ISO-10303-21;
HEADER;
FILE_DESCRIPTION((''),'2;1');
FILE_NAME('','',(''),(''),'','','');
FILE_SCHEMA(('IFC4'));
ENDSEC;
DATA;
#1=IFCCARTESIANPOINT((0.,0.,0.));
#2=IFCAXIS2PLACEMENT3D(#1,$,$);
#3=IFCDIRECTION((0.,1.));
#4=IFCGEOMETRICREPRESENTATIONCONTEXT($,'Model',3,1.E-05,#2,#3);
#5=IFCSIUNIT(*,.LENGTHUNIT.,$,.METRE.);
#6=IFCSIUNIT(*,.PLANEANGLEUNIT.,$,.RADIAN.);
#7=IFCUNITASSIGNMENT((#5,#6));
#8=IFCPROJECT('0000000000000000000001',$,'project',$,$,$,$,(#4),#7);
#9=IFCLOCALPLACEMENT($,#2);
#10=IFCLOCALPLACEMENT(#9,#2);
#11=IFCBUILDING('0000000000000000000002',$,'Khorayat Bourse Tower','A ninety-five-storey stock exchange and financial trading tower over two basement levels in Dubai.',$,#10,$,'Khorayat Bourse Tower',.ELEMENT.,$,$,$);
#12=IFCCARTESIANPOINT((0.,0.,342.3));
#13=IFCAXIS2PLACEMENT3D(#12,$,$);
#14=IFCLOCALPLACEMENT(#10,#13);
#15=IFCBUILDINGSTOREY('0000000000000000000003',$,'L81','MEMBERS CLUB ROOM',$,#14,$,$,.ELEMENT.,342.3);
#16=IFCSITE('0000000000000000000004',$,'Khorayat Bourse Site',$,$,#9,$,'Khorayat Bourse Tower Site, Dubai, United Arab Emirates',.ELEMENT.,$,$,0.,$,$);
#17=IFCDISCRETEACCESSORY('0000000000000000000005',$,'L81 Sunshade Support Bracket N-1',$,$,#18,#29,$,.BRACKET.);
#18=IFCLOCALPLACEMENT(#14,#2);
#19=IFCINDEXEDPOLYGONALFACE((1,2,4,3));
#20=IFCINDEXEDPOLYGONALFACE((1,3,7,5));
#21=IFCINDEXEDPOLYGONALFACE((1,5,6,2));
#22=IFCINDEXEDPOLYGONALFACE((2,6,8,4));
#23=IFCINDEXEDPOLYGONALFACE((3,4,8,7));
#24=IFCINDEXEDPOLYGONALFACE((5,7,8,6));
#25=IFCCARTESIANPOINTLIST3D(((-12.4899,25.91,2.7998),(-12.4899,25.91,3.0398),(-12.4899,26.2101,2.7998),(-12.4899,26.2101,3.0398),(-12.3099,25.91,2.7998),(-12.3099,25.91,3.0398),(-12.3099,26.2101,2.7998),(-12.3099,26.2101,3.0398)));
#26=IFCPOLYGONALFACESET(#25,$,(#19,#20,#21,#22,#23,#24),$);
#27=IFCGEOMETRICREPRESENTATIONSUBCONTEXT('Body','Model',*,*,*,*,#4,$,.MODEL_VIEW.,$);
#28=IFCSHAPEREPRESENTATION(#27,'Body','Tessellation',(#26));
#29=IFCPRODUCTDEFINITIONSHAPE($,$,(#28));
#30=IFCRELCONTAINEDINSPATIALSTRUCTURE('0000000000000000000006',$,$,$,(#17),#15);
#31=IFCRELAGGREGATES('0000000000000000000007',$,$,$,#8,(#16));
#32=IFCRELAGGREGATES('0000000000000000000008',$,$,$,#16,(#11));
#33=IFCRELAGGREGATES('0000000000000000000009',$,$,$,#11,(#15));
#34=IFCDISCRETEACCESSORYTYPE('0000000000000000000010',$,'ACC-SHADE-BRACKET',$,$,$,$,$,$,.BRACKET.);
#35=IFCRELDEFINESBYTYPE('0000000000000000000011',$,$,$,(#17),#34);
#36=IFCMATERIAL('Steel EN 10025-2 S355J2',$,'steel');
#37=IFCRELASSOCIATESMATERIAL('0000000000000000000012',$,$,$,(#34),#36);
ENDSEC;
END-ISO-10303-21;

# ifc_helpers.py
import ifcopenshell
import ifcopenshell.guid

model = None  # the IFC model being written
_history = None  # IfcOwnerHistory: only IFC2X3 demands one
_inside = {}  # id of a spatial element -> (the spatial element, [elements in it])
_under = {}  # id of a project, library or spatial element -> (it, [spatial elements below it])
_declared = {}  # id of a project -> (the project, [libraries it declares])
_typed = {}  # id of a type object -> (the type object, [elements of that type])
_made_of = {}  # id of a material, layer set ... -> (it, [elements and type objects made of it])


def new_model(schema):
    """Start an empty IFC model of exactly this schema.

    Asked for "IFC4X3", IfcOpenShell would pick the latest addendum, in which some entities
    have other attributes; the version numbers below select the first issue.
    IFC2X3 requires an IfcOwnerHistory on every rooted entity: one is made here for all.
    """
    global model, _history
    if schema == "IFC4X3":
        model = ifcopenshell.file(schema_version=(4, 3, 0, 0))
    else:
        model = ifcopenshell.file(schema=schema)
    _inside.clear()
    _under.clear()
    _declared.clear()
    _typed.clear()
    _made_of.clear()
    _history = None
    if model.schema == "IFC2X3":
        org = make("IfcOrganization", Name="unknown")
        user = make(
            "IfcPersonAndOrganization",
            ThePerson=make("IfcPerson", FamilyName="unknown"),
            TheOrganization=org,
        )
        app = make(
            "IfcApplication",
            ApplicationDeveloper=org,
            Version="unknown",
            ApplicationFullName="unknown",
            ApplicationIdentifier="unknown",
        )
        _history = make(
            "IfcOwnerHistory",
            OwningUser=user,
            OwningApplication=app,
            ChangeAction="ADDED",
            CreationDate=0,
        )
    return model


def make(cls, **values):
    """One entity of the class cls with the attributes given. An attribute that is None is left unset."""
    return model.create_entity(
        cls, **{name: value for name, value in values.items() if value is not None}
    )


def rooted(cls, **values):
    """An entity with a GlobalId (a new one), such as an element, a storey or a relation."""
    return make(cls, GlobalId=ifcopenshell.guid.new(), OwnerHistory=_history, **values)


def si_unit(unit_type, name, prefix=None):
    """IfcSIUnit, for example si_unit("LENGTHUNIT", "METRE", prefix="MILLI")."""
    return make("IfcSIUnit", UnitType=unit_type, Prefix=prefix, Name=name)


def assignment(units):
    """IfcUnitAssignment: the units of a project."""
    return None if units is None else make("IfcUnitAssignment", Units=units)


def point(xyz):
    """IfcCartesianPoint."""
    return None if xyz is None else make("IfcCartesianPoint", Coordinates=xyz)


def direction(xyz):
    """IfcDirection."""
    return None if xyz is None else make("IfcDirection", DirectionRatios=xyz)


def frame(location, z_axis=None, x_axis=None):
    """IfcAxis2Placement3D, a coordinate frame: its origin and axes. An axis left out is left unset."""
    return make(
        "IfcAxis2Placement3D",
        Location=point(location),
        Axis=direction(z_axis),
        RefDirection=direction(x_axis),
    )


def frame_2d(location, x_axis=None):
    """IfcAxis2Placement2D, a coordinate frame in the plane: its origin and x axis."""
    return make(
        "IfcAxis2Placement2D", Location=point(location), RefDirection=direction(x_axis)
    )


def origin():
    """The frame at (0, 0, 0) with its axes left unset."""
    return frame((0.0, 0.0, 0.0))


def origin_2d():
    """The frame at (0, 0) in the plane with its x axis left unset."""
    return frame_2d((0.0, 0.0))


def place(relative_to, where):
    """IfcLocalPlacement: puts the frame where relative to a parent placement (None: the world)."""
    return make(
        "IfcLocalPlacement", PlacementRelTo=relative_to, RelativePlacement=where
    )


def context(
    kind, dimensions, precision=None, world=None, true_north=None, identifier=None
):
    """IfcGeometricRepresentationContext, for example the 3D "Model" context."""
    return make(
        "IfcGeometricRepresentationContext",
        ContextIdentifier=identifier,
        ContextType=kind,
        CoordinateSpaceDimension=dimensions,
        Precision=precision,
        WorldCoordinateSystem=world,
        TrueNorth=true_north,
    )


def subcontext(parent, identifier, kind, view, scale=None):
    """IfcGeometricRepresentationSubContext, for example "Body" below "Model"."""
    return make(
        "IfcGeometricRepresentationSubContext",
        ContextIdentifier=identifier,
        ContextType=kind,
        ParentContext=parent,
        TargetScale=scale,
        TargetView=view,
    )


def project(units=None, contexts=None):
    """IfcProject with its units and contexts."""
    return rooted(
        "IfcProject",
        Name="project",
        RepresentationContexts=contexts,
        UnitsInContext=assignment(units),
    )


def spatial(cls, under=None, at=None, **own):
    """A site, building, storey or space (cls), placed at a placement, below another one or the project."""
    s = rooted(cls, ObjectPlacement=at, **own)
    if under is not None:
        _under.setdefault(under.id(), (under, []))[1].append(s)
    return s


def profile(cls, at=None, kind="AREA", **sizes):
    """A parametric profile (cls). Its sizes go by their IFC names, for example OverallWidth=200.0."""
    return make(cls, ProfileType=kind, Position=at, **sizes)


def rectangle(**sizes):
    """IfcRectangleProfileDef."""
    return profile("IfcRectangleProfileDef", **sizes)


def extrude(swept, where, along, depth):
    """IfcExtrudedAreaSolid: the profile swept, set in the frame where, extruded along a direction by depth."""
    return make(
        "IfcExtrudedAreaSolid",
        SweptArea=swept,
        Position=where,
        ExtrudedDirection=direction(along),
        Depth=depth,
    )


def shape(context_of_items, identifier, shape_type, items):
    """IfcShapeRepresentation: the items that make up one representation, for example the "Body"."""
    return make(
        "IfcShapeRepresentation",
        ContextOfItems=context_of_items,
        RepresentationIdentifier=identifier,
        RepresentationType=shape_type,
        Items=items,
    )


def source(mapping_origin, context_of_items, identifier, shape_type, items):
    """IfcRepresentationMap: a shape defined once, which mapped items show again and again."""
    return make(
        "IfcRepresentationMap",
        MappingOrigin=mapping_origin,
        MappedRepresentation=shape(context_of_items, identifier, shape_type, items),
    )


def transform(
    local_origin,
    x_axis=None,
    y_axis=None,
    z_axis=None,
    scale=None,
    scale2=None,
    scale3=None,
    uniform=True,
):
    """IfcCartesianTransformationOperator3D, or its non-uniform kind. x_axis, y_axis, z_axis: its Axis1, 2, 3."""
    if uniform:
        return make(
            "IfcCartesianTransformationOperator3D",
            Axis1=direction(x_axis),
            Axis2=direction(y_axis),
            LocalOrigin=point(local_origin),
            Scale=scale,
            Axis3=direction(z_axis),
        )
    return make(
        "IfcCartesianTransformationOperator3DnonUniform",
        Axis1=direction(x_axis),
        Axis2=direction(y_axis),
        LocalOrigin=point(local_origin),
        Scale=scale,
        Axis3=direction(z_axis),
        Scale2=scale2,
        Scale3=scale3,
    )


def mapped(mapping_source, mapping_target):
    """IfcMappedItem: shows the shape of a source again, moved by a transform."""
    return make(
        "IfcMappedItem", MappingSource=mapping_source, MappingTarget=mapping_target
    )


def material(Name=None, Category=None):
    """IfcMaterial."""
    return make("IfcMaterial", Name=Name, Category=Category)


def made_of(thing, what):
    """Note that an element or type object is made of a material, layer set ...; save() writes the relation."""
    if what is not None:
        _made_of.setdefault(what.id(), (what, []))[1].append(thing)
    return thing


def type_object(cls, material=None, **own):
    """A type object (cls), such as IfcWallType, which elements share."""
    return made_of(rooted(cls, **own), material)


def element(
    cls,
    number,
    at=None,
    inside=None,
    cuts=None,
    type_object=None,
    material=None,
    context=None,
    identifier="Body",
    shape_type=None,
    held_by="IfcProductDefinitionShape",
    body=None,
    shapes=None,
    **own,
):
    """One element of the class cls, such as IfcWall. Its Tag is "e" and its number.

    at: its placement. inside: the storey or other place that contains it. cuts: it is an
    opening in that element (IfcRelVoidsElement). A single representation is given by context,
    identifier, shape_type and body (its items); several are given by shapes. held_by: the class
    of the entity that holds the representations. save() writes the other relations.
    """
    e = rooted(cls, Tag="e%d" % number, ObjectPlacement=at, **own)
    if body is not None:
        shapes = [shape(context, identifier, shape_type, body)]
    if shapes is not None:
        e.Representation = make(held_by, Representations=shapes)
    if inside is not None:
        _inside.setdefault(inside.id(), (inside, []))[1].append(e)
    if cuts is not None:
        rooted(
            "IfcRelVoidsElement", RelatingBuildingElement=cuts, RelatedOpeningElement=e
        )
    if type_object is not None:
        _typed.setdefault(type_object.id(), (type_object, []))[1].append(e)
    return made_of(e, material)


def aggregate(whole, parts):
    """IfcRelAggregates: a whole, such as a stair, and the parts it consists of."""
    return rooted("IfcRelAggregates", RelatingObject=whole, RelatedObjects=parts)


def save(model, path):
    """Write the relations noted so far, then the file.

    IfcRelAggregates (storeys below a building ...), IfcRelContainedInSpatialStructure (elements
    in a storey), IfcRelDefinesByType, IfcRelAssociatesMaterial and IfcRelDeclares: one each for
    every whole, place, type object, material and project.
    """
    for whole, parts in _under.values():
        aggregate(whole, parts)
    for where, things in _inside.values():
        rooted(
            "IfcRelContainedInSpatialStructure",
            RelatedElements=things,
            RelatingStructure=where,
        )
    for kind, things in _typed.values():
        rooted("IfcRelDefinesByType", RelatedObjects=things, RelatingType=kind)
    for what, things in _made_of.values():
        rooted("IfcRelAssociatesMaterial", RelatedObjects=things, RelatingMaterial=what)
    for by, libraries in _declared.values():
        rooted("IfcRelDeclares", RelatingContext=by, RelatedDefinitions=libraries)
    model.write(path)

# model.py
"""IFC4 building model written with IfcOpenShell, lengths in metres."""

from ifc_helpers import new_model, si_unit, direction, frame, origin, origin_2d, place, context, subcontext, project, spatial, rectangle, extrude, source, transform, mapped, material, type_object, element, save


model = new_model("IFC4")

# Units and contexts
model_context = context("Model", 3, precision=1e-05, world=origin(), true_north=direction((0.0, 1.0)))
body_context = subcontext(model_context, "Body", "Model", "MODEL_VIEW")
ifc_project = project(units=[si_unit("LENGTHUNIT", "METRE"), si_unit("PLANEANGLEUNIT", "RADIAN")], contexts=[model_context])

# Site, building, storey
site_placement = place(None, origin())
site = spatial("IfcSite", under=ifc_project, at=site_placement, Name="Khorayat Bourse Site", LongName="Khorayat Bourse Tower Site, Dubai, United Arab Emirates", CompositionType="ELEMENT", RefElevation=0.0)
building_placement = place(site_placement, origin())
building = spatial("IfcBuilding", under=site, at=building_placement, Name="Khorayat Bourse Tower", Description="A ninety-five-storey stock exchange and financial trading tower over two basement levels in Dubai.", LongName="Khorayat Bourse Tower", CompositionType="ELEMENT")
storey_placement = place(building_placement, frame((0.0, 0.0, 342.3)))
storey = spatial("IfcBuildingStorey", under=building, at=storey_placement, Name="L81", Description="MEMBERS CLUB ROOM", CompositionType="ELEMENT", Elevation=342.3)

# Shared definitions
ifc_material_1 = material(Name="Steel EN 10025-2 S355J2", Category="steel")

# Discrete accessory
discrete_accessory_type = type_object("IfcDiscreteAccessoryType", Name="ACC-SHADE-BRACKET", PredefinedType="BRACKET", material=ifc_material_1)
shared_shape_1 = source(origin(), body_context, "Body", "SweptSolid", [
    extrude(rectangle(XDim=0.1799, YDim=0.3, at=origin_2d()), origin(), (0.0, 0.0, 1.0), 0.24),
])
discrete_accessory_placement = place(storey_placement, frame((-12.3999, 26.0601, 2.7998), z_axis=(0.0, 0.0, 1.0), x_axis=(1.0, 0.0, 0.0)))
element("IfcDiscreteAccessory", 1, at=discrete_accessory_placement, inside=storey, type_object=discrete_accessory_type, Name="L81 Sunshade Support Bracket N-1", PredefinedType="BRACKET", context=body_context, shape_type="MappedRepresentation", body=[
    mapped(shared_shape_1, transform((0.0, 0.0, 0.0), scale=1.0)),
])

save(model, "model.ifc")
